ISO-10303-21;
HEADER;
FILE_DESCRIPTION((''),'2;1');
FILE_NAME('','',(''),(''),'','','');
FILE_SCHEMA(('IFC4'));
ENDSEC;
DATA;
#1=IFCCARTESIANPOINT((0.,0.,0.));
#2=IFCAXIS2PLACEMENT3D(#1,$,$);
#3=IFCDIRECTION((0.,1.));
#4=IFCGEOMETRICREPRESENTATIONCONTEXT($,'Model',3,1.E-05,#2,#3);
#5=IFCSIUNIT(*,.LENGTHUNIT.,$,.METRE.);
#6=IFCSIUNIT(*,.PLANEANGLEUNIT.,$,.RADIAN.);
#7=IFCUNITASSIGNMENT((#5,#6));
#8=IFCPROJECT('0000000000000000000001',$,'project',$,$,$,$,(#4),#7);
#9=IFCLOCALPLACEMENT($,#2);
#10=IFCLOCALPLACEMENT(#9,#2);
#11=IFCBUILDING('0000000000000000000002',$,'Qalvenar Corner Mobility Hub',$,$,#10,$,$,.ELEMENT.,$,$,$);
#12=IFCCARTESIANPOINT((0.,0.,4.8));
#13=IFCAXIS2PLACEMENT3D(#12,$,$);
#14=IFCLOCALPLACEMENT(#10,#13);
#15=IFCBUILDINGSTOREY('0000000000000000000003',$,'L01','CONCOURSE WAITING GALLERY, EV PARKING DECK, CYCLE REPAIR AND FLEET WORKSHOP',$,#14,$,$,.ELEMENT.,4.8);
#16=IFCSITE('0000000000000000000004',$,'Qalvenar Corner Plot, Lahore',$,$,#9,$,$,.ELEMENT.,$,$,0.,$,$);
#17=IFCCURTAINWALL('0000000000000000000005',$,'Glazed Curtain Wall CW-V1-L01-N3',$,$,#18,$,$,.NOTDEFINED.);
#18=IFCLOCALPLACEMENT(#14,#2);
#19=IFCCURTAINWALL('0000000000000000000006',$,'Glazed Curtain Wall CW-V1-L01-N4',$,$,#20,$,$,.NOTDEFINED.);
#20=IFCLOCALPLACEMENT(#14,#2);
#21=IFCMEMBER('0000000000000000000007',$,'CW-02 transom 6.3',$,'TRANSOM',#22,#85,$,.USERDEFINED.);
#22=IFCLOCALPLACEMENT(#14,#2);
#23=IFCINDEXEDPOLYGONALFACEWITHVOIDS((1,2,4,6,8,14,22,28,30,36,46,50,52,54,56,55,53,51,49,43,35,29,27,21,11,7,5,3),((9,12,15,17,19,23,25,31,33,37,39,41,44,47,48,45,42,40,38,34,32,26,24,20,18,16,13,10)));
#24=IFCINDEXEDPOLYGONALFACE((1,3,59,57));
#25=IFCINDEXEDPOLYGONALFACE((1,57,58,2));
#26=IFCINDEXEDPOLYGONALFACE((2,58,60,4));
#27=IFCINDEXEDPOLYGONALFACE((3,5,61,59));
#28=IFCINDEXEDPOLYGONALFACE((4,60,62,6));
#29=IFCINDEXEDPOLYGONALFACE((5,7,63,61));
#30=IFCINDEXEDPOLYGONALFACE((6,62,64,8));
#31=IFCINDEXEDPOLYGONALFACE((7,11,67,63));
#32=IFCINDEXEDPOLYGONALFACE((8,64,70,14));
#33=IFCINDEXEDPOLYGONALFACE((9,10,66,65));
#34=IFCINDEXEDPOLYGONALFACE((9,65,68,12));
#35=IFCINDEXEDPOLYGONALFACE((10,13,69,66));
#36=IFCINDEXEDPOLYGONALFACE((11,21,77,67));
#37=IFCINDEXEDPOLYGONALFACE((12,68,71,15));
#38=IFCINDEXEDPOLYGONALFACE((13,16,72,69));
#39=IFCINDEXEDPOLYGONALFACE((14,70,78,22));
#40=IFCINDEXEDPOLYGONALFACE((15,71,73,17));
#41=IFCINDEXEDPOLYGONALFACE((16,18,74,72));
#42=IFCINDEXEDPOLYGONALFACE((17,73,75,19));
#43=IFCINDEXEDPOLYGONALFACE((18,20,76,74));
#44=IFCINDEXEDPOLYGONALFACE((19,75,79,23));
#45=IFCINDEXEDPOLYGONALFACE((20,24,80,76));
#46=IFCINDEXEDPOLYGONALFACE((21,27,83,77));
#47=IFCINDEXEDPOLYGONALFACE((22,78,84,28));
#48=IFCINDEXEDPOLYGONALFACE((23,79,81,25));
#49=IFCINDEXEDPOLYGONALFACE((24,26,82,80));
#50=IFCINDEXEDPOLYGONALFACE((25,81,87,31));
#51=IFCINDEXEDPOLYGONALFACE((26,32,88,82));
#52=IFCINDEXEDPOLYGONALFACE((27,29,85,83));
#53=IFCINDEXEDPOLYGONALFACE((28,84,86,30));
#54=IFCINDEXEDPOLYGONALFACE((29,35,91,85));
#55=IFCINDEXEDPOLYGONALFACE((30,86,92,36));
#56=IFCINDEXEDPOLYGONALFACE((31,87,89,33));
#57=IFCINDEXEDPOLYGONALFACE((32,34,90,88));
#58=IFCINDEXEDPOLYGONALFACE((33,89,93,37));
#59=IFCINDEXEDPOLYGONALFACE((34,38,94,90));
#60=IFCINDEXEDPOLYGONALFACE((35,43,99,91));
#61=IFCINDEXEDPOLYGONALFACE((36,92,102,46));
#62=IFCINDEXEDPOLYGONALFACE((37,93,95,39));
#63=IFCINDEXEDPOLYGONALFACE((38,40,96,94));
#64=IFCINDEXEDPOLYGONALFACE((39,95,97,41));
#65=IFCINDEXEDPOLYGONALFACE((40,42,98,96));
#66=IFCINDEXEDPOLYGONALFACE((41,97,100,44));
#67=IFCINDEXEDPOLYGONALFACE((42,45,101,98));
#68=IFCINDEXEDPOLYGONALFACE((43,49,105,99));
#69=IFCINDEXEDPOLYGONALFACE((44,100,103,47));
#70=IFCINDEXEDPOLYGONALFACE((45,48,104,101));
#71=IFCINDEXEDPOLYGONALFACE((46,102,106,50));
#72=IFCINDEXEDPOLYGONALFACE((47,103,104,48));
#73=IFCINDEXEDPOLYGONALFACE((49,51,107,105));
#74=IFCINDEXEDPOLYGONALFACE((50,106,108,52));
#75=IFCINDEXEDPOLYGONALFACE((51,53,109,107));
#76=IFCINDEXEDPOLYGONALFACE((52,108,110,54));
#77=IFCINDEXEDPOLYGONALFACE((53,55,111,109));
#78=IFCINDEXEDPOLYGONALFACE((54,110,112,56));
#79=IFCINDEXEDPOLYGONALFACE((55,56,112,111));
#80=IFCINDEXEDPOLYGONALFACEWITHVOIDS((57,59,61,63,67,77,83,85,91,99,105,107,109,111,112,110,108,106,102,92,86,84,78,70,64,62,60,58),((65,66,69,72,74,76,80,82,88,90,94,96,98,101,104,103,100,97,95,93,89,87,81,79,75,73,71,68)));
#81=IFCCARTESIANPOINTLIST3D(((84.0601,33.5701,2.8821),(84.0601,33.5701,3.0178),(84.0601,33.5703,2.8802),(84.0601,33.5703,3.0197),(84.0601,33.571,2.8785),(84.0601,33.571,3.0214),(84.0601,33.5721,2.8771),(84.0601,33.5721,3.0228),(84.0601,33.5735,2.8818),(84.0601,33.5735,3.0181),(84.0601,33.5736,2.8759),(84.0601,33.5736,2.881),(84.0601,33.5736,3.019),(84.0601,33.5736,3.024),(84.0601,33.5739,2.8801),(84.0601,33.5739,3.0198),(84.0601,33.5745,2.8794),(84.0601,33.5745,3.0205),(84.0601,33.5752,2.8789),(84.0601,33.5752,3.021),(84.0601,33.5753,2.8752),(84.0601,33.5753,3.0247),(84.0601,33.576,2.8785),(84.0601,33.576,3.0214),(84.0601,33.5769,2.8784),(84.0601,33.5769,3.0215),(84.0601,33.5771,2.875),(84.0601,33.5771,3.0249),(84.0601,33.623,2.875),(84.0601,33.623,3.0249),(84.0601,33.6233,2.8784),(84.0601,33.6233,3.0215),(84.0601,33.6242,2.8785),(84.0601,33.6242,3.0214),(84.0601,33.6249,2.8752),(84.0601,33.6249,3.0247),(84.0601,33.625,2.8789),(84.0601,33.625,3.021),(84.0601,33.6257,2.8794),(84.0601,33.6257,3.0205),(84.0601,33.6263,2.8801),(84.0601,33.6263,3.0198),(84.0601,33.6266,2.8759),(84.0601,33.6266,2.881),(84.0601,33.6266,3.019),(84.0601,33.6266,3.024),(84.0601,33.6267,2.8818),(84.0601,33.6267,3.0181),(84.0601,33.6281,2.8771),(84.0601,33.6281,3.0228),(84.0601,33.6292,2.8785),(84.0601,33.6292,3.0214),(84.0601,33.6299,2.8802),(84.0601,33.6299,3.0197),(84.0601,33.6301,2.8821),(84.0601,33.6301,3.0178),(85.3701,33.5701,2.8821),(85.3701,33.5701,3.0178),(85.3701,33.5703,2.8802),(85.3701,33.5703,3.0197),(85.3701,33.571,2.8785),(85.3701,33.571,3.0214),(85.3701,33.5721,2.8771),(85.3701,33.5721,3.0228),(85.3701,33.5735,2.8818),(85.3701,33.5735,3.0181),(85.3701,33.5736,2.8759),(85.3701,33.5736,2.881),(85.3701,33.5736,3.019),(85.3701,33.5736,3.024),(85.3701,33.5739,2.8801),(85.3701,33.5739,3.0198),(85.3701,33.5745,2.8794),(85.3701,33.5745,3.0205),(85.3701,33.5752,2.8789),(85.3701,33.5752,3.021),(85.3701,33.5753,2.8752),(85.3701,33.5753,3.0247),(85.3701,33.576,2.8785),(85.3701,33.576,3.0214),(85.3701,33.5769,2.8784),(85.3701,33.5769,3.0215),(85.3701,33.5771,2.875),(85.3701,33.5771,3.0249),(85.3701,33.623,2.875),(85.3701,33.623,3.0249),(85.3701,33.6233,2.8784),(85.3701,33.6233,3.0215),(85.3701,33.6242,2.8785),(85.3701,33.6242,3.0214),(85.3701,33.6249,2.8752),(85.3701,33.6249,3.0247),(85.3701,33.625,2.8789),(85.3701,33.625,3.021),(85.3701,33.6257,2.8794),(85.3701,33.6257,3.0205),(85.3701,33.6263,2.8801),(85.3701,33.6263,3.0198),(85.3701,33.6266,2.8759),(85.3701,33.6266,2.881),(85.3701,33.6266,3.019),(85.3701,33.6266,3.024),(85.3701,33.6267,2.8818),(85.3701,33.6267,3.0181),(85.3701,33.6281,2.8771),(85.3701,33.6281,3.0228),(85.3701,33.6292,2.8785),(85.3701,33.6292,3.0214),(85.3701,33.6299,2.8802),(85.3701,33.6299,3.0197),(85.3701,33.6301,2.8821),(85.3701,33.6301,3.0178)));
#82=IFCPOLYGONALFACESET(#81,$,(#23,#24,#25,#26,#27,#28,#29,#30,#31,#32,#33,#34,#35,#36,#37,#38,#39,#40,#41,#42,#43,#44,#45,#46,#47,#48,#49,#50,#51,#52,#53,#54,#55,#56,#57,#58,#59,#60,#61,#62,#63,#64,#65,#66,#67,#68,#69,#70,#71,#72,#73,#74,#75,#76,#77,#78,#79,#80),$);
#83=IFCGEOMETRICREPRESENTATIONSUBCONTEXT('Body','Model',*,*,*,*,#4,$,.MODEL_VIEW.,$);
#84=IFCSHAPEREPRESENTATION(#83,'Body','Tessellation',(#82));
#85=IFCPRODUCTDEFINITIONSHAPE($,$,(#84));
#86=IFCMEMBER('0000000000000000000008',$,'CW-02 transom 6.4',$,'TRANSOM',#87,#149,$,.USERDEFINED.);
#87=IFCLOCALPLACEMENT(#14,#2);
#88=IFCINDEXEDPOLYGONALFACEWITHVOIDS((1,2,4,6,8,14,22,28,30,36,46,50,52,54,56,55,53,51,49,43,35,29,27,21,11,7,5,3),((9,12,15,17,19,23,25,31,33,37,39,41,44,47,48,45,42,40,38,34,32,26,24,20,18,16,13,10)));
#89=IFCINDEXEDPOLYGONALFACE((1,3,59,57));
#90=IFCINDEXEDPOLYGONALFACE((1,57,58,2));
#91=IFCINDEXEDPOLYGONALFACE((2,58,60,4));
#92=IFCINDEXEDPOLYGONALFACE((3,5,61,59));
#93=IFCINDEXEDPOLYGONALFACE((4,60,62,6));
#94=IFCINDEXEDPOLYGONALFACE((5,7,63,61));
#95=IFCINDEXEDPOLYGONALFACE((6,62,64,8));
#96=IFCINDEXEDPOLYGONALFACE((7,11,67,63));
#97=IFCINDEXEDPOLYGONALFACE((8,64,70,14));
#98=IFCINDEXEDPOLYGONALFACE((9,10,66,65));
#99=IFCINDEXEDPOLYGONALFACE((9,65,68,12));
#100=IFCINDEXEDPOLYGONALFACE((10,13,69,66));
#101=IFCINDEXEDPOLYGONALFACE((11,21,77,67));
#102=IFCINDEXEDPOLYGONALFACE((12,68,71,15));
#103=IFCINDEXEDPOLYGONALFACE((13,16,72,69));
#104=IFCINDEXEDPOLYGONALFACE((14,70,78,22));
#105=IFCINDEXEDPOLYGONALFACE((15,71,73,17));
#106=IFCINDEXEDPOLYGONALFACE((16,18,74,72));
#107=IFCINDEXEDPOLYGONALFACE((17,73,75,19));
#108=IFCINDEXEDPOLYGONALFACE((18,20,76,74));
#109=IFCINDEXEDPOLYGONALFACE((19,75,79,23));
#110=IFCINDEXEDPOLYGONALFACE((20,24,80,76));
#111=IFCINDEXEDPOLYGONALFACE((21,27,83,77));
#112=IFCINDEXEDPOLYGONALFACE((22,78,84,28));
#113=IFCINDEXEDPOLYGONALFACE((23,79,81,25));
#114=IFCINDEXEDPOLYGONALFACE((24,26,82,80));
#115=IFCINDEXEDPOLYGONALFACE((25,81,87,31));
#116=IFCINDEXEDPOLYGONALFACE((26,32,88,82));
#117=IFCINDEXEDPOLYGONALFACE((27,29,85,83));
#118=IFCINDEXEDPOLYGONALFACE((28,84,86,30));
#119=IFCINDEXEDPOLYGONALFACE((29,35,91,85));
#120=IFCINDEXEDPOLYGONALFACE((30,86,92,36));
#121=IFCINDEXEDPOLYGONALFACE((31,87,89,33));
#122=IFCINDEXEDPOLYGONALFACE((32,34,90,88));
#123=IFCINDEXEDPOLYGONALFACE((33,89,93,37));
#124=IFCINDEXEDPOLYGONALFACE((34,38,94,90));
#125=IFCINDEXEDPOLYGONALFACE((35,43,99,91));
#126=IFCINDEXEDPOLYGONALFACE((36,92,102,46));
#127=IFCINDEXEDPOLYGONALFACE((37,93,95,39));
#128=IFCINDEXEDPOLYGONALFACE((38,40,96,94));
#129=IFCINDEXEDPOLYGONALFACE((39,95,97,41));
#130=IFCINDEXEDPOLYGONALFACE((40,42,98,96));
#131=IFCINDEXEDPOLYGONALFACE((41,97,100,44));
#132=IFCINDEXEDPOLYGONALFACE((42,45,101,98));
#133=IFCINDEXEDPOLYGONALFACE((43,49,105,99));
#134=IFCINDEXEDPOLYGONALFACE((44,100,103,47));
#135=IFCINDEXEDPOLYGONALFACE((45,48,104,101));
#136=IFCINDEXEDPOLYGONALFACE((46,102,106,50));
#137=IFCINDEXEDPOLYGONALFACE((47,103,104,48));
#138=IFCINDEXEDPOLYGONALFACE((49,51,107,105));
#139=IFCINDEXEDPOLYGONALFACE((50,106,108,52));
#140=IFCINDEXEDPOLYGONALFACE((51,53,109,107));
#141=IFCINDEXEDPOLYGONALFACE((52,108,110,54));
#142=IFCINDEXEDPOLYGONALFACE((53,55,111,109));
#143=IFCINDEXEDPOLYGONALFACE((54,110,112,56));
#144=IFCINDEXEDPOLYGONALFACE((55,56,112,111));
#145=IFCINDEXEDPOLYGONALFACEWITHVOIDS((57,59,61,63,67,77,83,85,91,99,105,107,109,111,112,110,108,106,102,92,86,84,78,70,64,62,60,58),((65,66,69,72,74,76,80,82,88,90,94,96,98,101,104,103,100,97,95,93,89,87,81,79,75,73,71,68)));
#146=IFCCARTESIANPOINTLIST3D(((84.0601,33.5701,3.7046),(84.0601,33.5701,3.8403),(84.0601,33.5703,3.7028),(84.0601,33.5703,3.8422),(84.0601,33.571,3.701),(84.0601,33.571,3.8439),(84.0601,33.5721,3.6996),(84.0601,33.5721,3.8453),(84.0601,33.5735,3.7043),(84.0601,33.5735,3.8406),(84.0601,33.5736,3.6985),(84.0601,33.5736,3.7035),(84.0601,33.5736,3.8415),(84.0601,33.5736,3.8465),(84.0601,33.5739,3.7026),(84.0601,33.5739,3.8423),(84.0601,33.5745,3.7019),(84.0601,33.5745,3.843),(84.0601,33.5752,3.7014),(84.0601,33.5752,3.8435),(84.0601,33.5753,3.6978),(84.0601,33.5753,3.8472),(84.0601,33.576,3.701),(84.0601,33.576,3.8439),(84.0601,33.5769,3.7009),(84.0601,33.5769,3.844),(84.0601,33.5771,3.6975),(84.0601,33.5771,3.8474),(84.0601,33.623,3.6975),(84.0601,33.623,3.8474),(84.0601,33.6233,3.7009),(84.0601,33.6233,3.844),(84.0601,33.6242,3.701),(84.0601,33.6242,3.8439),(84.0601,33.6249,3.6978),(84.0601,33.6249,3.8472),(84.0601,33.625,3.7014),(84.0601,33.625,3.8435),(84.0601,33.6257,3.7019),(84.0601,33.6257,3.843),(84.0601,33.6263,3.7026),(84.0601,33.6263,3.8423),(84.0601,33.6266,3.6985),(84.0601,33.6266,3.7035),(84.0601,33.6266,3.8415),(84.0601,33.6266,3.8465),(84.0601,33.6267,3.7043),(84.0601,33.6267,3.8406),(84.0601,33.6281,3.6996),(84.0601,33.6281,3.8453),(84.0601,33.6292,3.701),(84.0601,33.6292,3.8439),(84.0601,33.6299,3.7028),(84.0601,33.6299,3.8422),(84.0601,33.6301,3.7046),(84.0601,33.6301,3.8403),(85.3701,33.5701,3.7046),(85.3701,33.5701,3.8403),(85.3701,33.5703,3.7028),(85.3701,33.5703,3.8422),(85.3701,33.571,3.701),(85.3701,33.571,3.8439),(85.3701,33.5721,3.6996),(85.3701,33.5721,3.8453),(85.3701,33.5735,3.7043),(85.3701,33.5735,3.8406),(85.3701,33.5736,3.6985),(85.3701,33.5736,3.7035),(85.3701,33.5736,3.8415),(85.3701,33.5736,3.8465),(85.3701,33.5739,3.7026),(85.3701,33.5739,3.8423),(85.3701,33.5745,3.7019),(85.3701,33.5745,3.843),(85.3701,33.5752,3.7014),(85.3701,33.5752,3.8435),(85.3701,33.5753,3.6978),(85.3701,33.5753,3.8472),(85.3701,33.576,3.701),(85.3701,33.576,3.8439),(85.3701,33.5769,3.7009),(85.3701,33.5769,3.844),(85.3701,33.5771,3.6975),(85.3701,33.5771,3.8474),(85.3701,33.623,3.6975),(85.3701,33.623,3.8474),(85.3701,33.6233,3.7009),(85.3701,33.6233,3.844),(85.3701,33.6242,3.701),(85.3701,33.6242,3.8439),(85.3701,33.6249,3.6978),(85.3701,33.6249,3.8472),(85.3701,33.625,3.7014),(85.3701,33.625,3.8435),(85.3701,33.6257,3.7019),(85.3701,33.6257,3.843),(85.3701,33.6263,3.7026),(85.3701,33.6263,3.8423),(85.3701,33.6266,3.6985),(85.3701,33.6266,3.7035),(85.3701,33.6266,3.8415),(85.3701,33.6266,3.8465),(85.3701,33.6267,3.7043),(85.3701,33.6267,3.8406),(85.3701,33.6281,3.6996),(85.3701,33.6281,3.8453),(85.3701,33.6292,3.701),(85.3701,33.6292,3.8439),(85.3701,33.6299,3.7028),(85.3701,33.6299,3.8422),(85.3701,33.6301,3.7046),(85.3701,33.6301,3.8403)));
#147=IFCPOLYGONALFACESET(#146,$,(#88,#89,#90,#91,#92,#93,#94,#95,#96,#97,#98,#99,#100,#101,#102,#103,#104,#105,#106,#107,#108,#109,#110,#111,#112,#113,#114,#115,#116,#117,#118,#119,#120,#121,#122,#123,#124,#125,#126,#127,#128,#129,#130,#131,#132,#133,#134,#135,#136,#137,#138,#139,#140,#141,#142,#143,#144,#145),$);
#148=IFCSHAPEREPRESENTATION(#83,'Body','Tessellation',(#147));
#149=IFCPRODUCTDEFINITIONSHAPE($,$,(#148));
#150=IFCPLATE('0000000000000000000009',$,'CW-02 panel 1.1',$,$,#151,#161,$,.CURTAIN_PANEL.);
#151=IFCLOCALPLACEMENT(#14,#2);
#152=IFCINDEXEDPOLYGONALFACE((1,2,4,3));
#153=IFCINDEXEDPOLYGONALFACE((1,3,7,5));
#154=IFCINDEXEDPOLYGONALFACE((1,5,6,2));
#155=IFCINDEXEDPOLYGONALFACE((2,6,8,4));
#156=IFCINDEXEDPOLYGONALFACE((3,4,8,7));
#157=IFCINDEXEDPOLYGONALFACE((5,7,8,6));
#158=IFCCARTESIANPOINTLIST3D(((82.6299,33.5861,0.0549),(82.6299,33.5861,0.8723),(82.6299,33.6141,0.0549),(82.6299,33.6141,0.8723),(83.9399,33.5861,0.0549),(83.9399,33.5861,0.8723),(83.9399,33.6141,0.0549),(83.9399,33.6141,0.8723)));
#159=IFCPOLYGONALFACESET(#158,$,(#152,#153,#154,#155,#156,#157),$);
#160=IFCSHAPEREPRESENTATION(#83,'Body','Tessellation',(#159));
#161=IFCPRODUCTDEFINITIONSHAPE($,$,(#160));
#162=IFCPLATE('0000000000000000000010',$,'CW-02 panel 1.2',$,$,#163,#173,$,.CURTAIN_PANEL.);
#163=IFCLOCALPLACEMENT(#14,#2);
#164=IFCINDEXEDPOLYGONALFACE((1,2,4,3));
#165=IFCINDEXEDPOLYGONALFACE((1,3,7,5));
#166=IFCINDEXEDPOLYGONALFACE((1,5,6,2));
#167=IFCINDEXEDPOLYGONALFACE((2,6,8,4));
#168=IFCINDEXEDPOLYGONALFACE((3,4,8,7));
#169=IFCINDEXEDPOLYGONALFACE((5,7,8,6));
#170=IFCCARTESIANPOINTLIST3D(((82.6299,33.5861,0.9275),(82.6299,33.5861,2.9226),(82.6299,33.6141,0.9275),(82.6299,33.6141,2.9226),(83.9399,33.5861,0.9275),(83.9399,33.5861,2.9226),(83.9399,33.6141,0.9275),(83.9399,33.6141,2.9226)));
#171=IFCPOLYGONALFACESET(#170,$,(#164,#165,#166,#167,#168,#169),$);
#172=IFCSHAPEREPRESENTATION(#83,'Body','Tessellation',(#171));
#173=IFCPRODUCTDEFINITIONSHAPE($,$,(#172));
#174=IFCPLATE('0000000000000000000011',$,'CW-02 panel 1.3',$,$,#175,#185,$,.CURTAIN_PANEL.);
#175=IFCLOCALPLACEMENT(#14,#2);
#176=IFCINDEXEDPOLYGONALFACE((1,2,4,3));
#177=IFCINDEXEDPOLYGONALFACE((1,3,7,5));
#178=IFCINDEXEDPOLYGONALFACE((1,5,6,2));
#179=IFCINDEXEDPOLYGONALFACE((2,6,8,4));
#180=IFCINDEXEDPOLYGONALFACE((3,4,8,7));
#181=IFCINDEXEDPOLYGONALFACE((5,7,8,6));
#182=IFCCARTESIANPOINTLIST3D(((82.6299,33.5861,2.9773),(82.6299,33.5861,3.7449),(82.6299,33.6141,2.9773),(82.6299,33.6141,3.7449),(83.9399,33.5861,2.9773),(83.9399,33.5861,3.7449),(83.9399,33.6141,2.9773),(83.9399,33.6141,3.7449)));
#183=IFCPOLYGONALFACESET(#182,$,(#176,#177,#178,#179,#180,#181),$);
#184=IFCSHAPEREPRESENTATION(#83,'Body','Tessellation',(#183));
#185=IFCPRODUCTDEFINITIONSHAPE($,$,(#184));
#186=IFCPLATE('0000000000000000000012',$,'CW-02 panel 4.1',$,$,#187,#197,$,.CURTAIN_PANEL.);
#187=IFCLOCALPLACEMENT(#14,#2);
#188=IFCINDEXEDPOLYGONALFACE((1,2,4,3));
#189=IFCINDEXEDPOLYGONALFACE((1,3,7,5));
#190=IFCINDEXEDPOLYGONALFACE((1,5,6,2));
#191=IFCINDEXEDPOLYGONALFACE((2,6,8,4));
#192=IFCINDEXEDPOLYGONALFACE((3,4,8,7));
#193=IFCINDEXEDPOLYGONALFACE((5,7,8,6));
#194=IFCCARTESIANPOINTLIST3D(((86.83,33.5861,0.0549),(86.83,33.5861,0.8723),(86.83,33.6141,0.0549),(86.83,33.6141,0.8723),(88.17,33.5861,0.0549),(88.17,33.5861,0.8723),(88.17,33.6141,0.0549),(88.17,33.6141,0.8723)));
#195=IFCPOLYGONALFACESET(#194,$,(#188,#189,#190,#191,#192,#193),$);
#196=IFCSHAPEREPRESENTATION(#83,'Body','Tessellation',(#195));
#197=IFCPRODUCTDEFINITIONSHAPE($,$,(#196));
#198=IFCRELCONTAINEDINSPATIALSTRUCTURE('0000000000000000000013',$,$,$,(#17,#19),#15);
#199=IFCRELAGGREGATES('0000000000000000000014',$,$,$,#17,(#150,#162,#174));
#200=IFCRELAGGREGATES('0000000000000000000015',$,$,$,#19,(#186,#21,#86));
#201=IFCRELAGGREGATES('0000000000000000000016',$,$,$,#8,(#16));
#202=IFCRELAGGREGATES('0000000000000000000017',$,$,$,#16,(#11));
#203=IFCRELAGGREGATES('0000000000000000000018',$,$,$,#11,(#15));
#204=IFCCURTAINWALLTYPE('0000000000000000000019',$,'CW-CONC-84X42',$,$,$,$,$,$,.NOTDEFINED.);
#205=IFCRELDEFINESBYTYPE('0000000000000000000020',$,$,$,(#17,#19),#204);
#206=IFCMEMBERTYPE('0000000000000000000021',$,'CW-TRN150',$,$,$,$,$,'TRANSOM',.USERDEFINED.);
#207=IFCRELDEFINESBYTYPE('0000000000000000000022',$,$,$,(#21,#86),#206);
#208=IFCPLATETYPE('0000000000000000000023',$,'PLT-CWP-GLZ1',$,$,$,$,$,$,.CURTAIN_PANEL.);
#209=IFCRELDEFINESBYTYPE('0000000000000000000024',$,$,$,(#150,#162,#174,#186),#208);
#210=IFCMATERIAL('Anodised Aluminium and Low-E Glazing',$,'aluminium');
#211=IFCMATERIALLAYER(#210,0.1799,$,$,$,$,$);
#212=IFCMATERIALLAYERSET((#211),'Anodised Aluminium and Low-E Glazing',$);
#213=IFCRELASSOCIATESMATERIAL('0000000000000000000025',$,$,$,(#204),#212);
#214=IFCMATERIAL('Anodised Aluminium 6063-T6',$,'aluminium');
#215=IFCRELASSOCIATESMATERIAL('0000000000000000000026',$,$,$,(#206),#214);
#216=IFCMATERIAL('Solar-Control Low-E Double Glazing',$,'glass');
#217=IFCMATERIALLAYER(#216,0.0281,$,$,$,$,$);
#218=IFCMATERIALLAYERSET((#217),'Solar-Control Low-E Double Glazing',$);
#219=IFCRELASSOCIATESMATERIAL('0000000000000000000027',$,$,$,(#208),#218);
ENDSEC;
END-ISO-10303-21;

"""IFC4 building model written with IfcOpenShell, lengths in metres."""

from ifc_helpers import new_model, si_unit, direction, frame, origin, origin_2d, place, context, subcontext, project, spatial, rectangle, hollow_rectangle, extrude, material, layer, layer_set, material_profile, profile_set, type_object, element, aggregate, save


model = new_model("IFC4")

# Units and contexts
model_context = context("Model", 3, precision=1e-05, world=origin(), true_north=direction((0.0, 1.0)))
body_context = subcontext(model_context, "Body", "Model", "MODEL_VIEW")
ifc_project = project(units=[si_unit("LENGTHUNIT", "METRE"), si_unit("PLANEANGLEUNIT", "RADIAN")], contexts=[model_context])

# Site, building, storey
site_placement = place(None, origin())
site = spatial("IfcSite", under=ifc_project, at=site_placement, Name="Qalvenar Corner Plot, Lahore", CompositionType="ELEMENT", RefElevation=0.0)
building_placement = place(site_placement, origin())
building = spatial("IfcBuilding", under=site, at=building_placement, Name="Qalvenar Corner Mobility Hub", CompositionType="ELEMENT")
storey_placement = place(building_placement, frame((0.0, 0.0, 4.8)))
storey = spatial("IfcBuildingStorey", under=building, at=storey_placement, Name="L01", Description="CONCOURSE WAITING GALLERY, EV PARKING DECK, CYCLE REPAIR AND FLEET WORKSHOP", CompositionType="ELEMENT", Elevation=4.8)

# Curtain walls
ifc_material_1 = material(Name="Anodised Aluminium and Low-E Glazing", Category="aluminium")
ifc_layer_1 = layer(ifc_material_1, 0.1799)
ifc_layer_set_1 = layer_set([ifc_layer_1], Name="Anodised Aluminium and Low-E Glazing")
curtain_wall_type = type_object("IfcCurtainWallType", Name="CW-CONC-84X42", PredefinedType="NOTDEFINED", material=ifc_layer_set_1)
curtain_wall_1_placement = place(storey_placement, origin())
curtain_wall_1 = element("IfcCurtainWall", 1, at=curtain_wall_1_placement, inside=storey, type_object=curtain_wall_type, Name="Glazed Curtain Wall CW-V1-L01-N3", PredefinedType="NOTDEFINED")
ifc_material_2 = material(Name="Anodised Aluminium 6063-T6", Category="aluminium")
curtain_wall_2_placement = place(storey_placement, origin())
curtain_wall_2 = element("IfcCurtainWall", 2, at=curtain_wall_2_placement, inside=storey, type_object=curtain_wall_type, Name="Glazed Curtain Wall CW-V1-L01-N4", PredefinedType="NOTDEFINED")

# Members
ifc_material_profile_1 = material_profile(ifc_material_2, hollow_rectangle(XDim=0.0601, YDim=0.1499, WallThickness=0.0034, InnerFilletRadius=0.0034, OuterFilletRadius=0.0071, at=origin_2d()), Name="RHS150x60x3.5")
ifc_profile_set_1 = profile_set([ifc_material_profile_1], Name="Anodised Aluminium 6063-T6")
member_type_1 = type_object("IfcMemberType", Name="CW-TRN150", ElementType="TRANSOM", PredefinedType="USERDEFINED", material=ifc_profile_set_1)
member_1_placement = place(storey_placement, frame((85.3701, 33.6001, 2.95), z_axis=(-1.0, 0.0, 0.0), x_axis=(0.0, -1.0, 0.0)))
member_1 = element("IfcMember", 3, at=member_1_placement, type_object=member_type_1, Name="CW-02 transom 6.3", ObjectType="TRANSOM", PredefinedType="USERDEFINED", context=body_context, shape_type="SweptSolid", body=[
    extrude(hollow_rectangle(XDim=0.0601, YDim=0.1499, WallThickness=0.0034, InnerFilletRadius=0.0034, OuterFilletRadius=0.0071, at=origin_2d()), origin(), (0.0, 0.0, 1.0), 1.3101),
])
member_2_placement = place(storey_placement, frame((85.3701, 33.6001, 3.7725), z_axis=(-1.0, 0.0, 0.0), x_axis=(0.0, -1.0, 0.0)))
member_2 = element("IfcMember", 4, at=member_2_placement, type_object=member_type_1, Name="CW-02 transom 6.4", ObjectType="TRANSOM", PredefinedType="USERDEFINED", context=body_context, shape_type="SweptSolid", body=[
    extrude(hollow_rectangle(XDim=0.0601, YDim=0.1499, WallThickness=0.0034, InnerFilletRadius=0.0034, OuterFilletRadius=0.0071, at=origin_2d()), origin(), (0.0, 0.0, 1.0), 1.3101),
])

# Plates
ifc_material_3 = material(Name="Solar-Control Low-E Double Glazing", Category="glass")
ifc_layer_2 = layer(ifc_material_3, 0.0281)
ifc_layer_set_2 = layer_set([ifc_layer_2], Name="Solar-Control Low-E Double Glazing")
plate_type = type_object("IfcPlateType", Name="PLT-CWP-GLZ1", PredefinedType="CURTAIN_PANEL", material=ifc_layer_set_2)
plate_1_placement = place(storey_placement, frame((83.2849, 33.6001, 0.0549), z_axis=(0.0, 0.0, 1.0), x_axis=(-1.0, 0.0, 0.0)))
plate_1 = element("IfcPlate", 5, at=plate_1_placement, type_object=plate_type, Name="CW-02 panel 1.1", PredefinedType="CURTAIN_PANEL", context=body_context, shape_type="SweptSolid", body=[
    extrude(rectangle(XDim=1.3101, YDim=0.0281, at=origin_2d()), origin(), (0.0, 0.0, 1.0), 0.8174),
])
plate_2_placement = place(storey_placement, frame((83.2849, 33.6001, 0.9275), z_axis=(0.0, 0.0, 1.0), x_axis=(-1.0, 0.0, 0.0)))
plate_2 = element("IfcPlate", 6, at=plate_2_placement, type_object=plate_type, Name="CW-02 panel 1.2", PredefinedType="CURTAIN_PANEL", context=body_context, shape_type="SweptSolid", body=[
    extrude(rectangle(XDim=1.3101, YDim=0.0281, at=origin_2d()), origin(), (0.0, 0.0, 1.0), 1.9951),
])
plate_3_placement = place(storey_placement, frame((83.2849, 33.6001, 2.9773), z_axis=(0.0, 0.0, 1.0), x_axis=(-1.0, 0.0, 0.0)))
plate_3 = element("IfcPlate", 7, at=plate_3_placement, type_object=plate_type, Name="CW-02 panel 1.3", PredefinedType="CURTAIN_PANEL", context=body_context, shape_type="SweptSolid", body=[
    extrude(rectangle(XDim=1.3101, YDim=0.0281, at=origin_2d()), origin(), (0.0, 0.0, 1.0), 0.7676),
])
aggregate(curtain_wall_1, [plate_1, plate_2, plate_3])
plate_4_placement = place(storey_placement, frame((87.5, 33.6001, 0.0549), z_axis=(0.0, 0.0, 1.0), x_axis=(-1.0, 0.0, 0.0)))
plate_4 = element("IfcPlate", 8, at=plate_4_placement, type_object=plate_type, Name="CW-02 panel 4.1", PredefinedType="CURTAIN_PANEL", context=body_context, shape_type="SweptSolid", body=[
    extrude(rectangle(XDim=1.3401, YDim=0.0281, at=origin_2d()), origin(), (0.0, 0.0, 1.0), 0.8174),
])
aggregate(curtain_wall_2, [plate_4, member_1, member_2])

save(model, "model.ifc")
